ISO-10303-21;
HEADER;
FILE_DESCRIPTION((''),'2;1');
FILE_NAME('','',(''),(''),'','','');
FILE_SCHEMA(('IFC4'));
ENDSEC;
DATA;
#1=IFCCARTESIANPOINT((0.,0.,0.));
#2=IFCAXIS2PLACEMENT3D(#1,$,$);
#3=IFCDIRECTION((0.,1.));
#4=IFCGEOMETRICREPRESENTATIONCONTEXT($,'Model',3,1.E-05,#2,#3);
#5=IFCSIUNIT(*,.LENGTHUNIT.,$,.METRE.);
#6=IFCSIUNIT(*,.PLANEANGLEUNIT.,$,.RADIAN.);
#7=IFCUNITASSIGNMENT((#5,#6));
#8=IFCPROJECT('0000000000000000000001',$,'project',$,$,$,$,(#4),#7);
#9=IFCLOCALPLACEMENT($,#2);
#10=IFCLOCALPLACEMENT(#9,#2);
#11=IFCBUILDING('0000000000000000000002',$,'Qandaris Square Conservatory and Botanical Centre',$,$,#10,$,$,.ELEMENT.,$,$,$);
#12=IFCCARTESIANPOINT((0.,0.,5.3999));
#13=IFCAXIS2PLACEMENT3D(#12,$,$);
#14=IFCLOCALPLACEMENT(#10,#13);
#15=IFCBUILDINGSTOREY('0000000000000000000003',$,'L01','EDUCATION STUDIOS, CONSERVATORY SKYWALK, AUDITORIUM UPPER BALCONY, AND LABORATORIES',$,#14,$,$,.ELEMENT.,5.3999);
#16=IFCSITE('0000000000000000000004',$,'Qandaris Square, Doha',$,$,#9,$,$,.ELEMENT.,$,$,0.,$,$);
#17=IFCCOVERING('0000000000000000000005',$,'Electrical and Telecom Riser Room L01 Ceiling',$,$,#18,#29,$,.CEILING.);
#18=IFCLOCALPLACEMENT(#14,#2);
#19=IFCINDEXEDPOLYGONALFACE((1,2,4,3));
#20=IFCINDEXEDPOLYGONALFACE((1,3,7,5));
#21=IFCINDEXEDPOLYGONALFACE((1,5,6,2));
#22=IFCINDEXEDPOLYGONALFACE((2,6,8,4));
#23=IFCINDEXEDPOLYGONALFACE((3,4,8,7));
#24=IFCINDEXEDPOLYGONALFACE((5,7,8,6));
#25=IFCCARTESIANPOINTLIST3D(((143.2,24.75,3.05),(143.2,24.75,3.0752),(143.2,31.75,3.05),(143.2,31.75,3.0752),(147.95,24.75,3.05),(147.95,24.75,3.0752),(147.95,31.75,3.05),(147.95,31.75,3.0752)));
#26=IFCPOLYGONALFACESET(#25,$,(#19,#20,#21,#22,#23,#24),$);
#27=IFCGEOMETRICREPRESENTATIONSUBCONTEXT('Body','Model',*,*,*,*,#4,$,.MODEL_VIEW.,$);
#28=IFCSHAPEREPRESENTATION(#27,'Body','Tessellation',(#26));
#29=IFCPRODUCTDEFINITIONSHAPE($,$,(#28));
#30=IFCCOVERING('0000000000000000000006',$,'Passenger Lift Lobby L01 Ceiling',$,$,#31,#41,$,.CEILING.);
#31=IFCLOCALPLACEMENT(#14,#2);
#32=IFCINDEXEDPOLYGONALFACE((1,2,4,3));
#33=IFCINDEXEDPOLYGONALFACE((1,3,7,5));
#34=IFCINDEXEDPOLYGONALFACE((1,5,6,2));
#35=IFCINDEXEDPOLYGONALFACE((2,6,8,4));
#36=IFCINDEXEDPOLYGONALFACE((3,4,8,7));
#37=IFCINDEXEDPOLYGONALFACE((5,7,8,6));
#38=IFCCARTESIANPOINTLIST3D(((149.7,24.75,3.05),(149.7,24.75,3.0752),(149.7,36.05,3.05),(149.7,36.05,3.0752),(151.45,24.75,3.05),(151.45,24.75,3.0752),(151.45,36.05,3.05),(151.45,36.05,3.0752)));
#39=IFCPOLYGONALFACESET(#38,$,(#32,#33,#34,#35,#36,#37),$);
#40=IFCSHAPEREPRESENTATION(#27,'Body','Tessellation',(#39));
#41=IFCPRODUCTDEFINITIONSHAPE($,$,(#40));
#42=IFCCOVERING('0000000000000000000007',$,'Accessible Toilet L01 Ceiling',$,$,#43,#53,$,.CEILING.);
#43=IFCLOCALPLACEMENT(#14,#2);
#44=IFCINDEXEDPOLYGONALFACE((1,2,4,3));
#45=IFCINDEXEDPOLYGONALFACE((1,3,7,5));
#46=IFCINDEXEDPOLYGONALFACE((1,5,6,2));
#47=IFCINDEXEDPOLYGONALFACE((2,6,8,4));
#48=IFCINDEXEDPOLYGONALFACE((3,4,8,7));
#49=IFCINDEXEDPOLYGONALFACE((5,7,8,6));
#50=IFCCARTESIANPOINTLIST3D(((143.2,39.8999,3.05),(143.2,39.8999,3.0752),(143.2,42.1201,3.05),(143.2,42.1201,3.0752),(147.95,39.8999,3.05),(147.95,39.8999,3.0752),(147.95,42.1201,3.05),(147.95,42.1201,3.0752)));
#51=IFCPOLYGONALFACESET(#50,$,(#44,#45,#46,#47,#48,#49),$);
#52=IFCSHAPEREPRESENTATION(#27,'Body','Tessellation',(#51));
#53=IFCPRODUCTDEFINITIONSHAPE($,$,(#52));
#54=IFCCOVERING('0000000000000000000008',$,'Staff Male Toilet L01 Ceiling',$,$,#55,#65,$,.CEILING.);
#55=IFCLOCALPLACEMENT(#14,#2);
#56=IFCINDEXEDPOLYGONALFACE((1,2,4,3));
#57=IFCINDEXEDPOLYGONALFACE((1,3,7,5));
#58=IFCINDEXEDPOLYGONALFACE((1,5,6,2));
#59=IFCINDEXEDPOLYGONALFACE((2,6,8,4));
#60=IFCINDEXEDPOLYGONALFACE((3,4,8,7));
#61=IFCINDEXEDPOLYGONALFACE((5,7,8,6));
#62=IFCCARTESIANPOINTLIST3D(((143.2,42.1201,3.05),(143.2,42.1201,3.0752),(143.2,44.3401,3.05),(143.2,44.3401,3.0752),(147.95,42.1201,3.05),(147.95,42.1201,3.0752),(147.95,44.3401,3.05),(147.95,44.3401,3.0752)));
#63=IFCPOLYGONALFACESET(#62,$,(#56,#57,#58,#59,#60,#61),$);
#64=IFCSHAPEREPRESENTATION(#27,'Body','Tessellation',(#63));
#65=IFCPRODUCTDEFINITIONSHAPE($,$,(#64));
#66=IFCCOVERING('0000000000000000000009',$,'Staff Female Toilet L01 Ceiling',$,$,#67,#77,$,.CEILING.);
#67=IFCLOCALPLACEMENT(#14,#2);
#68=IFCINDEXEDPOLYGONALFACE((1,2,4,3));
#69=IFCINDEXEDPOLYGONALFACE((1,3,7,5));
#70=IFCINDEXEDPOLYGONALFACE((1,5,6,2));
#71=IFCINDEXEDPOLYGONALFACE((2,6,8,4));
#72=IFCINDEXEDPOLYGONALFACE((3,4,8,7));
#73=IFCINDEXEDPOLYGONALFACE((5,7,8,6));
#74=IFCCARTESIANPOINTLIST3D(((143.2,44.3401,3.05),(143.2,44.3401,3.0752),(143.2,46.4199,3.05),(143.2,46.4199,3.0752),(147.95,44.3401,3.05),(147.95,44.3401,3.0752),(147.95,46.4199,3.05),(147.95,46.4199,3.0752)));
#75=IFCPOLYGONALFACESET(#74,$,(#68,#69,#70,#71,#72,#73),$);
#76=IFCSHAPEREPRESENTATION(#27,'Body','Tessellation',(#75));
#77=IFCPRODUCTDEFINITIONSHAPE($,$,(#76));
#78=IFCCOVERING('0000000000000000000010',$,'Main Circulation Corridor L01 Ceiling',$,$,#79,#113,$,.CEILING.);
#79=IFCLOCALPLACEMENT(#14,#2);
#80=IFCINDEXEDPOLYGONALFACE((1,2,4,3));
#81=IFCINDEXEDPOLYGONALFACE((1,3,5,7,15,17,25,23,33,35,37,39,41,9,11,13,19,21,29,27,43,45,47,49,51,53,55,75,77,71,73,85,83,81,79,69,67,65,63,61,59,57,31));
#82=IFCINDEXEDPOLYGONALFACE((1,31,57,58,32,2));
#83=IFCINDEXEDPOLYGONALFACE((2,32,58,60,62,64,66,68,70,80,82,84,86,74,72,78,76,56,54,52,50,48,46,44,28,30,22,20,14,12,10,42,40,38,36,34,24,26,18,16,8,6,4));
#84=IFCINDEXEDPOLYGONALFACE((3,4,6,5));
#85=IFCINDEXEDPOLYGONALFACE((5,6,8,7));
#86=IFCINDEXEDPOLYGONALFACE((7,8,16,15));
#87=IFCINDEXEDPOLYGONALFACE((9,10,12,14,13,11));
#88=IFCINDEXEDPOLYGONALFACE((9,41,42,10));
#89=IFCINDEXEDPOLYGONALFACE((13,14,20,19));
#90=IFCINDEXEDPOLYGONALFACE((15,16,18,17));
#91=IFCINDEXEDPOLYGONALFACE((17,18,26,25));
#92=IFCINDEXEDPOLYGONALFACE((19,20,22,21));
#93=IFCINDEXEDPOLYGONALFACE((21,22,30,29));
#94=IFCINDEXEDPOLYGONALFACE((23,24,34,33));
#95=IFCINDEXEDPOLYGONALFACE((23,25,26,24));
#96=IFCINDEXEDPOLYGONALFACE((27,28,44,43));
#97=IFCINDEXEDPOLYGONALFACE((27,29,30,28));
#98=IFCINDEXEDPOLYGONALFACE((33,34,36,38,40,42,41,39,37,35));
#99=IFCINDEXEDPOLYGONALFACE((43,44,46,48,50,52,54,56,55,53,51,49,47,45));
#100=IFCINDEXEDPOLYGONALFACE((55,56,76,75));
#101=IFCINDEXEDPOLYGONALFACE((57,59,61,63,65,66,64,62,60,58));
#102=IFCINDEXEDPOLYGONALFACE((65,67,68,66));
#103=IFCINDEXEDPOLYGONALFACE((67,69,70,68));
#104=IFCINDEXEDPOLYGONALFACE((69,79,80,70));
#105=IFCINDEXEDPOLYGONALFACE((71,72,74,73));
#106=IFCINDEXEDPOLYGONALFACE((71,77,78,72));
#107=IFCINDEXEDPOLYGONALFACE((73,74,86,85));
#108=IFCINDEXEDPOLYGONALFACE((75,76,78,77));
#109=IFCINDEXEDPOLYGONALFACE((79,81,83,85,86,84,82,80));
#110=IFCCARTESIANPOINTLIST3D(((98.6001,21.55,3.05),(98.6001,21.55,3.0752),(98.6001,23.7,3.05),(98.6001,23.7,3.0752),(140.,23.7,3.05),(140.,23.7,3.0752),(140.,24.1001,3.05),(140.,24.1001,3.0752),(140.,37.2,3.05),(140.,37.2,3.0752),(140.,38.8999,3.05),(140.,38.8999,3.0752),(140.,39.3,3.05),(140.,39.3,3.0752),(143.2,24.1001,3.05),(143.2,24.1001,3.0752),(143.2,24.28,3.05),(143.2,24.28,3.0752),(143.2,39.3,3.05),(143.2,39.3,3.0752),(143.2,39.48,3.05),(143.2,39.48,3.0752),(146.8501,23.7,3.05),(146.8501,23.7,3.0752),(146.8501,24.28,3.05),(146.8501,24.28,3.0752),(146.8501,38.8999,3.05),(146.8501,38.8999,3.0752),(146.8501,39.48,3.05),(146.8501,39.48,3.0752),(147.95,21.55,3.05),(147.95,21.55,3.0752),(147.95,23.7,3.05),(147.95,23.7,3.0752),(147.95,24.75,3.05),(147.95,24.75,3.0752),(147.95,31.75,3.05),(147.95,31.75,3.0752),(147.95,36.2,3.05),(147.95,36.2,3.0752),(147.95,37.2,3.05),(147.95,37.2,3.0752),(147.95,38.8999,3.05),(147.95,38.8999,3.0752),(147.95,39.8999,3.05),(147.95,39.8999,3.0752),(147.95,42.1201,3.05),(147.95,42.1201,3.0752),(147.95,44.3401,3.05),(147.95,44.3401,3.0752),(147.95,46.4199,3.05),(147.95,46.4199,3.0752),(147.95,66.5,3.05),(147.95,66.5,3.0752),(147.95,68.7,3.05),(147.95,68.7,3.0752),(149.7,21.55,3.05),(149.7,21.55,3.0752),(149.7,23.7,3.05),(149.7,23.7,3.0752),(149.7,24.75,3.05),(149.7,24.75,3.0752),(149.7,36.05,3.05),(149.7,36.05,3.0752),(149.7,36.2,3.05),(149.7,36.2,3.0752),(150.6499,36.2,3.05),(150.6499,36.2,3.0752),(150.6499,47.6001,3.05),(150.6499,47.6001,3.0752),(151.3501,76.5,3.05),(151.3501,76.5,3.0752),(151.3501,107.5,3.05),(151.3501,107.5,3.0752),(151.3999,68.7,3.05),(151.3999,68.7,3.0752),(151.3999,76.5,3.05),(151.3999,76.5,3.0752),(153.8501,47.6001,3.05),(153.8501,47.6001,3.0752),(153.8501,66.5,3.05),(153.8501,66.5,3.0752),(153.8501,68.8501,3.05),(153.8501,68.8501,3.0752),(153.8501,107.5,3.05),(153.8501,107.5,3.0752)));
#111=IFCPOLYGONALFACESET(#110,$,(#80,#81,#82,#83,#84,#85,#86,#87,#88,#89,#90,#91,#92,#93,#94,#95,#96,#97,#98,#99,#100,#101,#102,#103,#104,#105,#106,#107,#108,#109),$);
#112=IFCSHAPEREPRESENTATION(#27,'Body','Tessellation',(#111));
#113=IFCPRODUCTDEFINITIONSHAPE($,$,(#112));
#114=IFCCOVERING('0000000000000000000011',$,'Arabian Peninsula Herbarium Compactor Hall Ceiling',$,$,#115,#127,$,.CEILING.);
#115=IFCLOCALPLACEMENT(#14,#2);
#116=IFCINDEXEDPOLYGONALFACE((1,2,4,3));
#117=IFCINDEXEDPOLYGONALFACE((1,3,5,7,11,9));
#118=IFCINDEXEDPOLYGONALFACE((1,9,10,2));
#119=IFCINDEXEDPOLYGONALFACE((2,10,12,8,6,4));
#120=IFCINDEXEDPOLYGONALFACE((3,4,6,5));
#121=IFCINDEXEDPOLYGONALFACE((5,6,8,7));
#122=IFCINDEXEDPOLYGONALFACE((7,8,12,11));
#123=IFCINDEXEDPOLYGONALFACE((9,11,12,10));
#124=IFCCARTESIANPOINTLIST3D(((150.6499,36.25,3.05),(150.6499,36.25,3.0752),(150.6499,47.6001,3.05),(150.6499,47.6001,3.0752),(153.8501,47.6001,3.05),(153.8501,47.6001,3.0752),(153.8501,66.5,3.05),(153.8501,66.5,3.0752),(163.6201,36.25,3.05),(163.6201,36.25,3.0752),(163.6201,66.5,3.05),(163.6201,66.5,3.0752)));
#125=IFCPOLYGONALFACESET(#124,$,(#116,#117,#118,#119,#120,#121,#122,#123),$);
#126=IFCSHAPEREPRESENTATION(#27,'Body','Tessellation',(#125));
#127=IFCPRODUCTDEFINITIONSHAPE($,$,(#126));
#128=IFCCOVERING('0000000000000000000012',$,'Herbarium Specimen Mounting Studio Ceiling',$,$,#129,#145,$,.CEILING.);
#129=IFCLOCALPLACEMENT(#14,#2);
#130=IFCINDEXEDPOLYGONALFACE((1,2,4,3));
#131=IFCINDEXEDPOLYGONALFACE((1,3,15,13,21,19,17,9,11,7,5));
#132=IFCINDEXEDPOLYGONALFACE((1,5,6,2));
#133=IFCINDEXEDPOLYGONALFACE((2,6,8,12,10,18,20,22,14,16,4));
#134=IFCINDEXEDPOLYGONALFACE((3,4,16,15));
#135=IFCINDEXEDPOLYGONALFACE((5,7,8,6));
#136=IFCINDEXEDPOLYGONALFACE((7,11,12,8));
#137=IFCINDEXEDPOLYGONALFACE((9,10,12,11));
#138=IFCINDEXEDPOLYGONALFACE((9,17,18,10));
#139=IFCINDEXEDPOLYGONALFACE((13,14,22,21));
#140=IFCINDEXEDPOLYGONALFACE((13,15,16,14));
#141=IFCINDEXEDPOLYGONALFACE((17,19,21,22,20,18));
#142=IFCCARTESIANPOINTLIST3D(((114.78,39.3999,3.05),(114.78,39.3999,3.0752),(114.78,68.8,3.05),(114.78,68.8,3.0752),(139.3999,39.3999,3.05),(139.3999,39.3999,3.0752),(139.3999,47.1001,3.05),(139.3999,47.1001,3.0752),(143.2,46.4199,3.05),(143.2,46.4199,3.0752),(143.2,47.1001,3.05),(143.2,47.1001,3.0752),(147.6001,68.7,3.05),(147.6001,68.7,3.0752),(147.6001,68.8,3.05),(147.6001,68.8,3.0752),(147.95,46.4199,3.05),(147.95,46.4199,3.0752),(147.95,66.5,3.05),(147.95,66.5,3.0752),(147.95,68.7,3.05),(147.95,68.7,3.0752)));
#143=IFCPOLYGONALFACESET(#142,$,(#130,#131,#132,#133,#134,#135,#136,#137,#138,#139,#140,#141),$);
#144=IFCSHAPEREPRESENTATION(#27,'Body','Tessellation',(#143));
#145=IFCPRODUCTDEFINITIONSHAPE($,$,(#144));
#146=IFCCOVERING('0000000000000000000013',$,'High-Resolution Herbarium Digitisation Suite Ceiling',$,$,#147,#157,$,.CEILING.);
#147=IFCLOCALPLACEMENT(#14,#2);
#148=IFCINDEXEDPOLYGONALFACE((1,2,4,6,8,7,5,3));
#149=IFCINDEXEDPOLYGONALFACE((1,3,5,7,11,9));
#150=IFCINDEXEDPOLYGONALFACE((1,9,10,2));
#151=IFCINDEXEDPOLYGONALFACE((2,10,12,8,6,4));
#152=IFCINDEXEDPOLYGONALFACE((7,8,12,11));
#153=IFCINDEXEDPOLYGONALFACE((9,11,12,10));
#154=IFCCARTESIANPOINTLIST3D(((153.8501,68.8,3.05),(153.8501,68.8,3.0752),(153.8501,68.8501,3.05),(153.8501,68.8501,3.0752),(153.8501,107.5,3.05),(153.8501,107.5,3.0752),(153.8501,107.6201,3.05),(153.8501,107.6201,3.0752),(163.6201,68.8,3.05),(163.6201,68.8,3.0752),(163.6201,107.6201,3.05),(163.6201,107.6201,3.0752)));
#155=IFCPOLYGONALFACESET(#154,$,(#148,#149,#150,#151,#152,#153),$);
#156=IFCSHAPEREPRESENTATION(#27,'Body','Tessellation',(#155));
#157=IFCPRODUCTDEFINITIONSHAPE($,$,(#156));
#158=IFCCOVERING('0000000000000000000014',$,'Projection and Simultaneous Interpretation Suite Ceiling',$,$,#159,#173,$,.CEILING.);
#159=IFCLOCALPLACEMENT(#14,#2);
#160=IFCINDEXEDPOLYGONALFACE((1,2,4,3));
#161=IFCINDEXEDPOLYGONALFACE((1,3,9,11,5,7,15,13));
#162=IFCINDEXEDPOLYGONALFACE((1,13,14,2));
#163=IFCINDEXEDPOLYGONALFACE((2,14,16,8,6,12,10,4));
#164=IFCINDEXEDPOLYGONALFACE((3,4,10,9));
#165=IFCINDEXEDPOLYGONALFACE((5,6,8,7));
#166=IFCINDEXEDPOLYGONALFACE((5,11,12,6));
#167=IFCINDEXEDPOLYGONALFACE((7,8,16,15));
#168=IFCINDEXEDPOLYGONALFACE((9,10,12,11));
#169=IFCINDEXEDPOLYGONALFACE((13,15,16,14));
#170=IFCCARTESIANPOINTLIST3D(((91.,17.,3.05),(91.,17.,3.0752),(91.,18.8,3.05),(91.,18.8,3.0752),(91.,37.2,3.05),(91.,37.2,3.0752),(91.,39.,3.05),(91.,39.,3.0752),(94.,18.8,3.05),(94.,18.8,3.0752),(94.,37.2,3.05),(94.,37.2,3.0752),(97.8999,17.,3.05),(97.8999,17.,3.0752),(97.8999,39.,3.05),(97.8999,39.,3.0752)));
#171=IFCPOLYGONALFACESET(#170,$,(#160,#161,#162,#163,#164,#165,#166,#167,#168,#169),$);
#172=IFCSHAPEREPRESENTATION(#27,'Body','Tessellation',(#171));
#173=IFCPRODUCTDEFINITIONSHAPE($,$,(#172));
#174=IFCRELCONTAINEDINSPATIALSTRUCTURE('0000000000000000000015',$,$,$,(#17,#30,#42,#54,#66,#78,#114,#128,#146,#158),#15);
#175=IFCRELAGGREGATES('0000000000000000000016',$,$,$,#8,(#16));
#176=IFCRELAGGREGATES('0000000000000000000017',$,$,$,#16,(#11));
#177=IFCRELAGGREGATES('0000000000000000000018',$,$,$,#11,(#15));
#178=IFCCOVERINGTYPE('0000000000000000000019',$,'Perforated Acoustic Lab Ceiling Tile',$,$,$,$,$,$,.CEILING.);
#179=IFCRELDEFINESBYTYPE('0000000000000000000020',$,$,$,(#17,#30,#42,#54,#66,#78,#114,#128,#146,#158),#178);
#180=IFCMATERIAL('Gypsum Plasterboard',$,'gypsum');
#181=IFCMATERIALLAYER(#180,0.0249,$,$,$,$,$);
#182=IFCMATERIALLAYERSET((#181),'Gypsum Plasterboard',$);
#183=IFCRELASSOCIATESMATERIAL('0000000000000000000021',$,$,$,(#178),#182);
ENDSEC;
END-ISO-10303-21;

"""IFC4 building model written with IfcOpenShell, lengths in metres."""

from ifc_helpers import new_model, si_unit, direction, frame, origin, place, context, subcontext, project, spatial, polyline, outline, extrude, material, layer, layer_set, type_object, element, save


model = new_model("IFC4")

# Units and contexts
model_context = context("Model", 3, precision=1e-05, world=origin(), true_north=direction((0.0, 1.0)))
body_context = subcontext(model_context, "Body", "Model", "MODEL_VIEW")
ifc_project = project(units=[si_unit("LENGTHUNIT", "METRE"), si_unit("PLANEANGLEUNIT", "RADIAN")], contexts=[model_context])

# Site, building, storey
site_placement = place(None, origin())
site = spatial("IfcSite", under=ifc_project, at=site_placement, Name="Qandaris Square, Doha", CompositionType="ELEMENT", RefElevation=0.0)
building_placement = place(site_placement, origin())
building = spatial("IfcBuilding", under=site, at=building_placement, Name="Qandaris Square Conservatory and Botanical Centre", CompositionType="ELEMENT")
storey_placement = place(building_placement, frame((0.0, 0.0, 5.3999)))
storey = spatial("IfcBuildingStorey", under=building, at=storey_placement, Name="L01", Description="EDUCATION STUDIOS, CONSERVATORY SKYWALK, AUDITORIUM UPPER BALCONY, AND LABORATORIES", CompositionType="ELEMENT", Elevation=5.3999)

# Coverings
ifc_material_1 = material(Name="Gypsum Plasterboard", Category="gypsum")
ifc_layer_1 = layer(ifc_material_1, 0.0249)
ifc_layer_set_1 = layer_set([ifc_layer_1], Name="Gypsum Plasterboard")
covering_type_1 = type_object("IfcCoveringType", Name="Perforated Acoustic Lab Ceiling Tile", PredefinedType="CEILING", material=ifc_layer_set_1)
covering_1_placement = place(storey_placement, frame((0.0, 0.0, 3.05)))
element("IfcCovering", 1, at=covering_1_placement, inside=storey, type_object=covering_type_1, Name="Electrical and Telecom Riser Room L01 Ceiling", PredefinedType="CEILING", context=body_context, shape_type="SweptSolid", body=[
    extrude(outline(polyline([(147.95, 31.75), (147.95, 24.75), (143.2, 24.75), (143.2, 31.75), (147.95, 31.75)])), origin(), (0.0, 0.0, 1.0), 0.0251),
])
covering_2_placement = place(storey_placement, frame((0.0, 0.0, 3.05)))
element("IfcCovering", 2, at=covering_2_placement, inside=storey, type_object=covering_type_1, Name="Passenger Lift Lobby L01 Ceiling", PredefinedType="CEILING", context=body_context, shape_type="SweptSolid", body=[
    extrude(outline(polyline([(149.7, 36.05), (151.45, 36.05), (151.45, 24.75), (149.7, 24.75), (149.7, 36.05)])), origin(), (0.0, 0.0, 1.0), 0.0251),
])
covering_3_placement = place(storey_placement, frame((0.0, 0.0, 3.05)))
element("IfcCovering", 3, at=covering_3_placement, inside=storey, type_object=covering_type_1, Name="Accessible Toilet L01 Ceiling", PredefinedType="CEILING", context=body_context, shape_type="SweptSolid", body=[
    extrude(outline(polyline([(147.95, 42.1201), (147.95, 39.8999), (143.2, 39.8999), (143.2, 42.1201), (147.95, 42.1201)])), origin(), (0.0, 0.0, 1.0), 0.0251),
])
covering_4_placement = place(storey_placement, frame((0.0, 0.0, 3.05)))
element("IfcCovering", 4, at=covering_4_placement, inside=storey, type_object=covering_type_1, Name="Staff Male Toilet L01 Ceiling", PredefinedType="CEILING", context=body_context, shape_type="SweptSolid", body=[
    extrude(outline(polyline([(147.95, 44.3401), (147.95, 42.1201), (143.2, 42.1201), (143.2, 44.3401), (147.95, 44.3401)])), origin(), (0.0, 0.0, 1.0), 0.0251),
])
covering_5_placement = place(storey_placement, frame((0.0, 0.0, 3.05)))
element("IfcCovering", 5, at=covering_5_placement, inside=storey, type_object=covering_type_1, Name="Staff Female Toilet L01 Ceiling", PredefinedType="CEILING", context=body_context, shape_type="SweptSolid", body=[
    extrude(outline(polyline([(147.95, 46.4199), (147.95, 44.3401), (143.2, 44.3401), (143.2, 46.4199), (147.95, 46.4199)])), origin(), (0.0, 0.0, 1.0), 0.0251),
])
covering_6_placement = place(storey_placement, frame((0.0, 0.0, 3.05)))
element("IfcCovering", 6, at=covering_6_placement, inside=storey, type_object=covering_type_1, Name="Main Circulation Corridor L01 Ceiling", PredefinedType="CEILING", context=body_context, shape_type="SweptSolid", body=[
    extrude(outline(polyline([(140.0, 24.1001), (143.2, 24.1001), (143.2, 24.28), (146.8501, 24.28), (146.8501, 23.7), (147.95, 23.7), (147.95, 24.75), (147.95, 31.75), (147.95, 36.2), (147.95, 37.2), (140.0, 37.2), (140.0, 38.8999), (140.0, 39.3), (143.2, 39.3), (143.2, 39.48), (146.8501, 39.48), (146.8501, 38.8999), (147.95, 38.8999), (147.95, 39.8999), (147.95, 42.1201), (147.95, 44.3401), (147.95, 46.4199), (147.95, 66.5), (147.95, 68.7), (151.3999, 68.7), (151.3999, 76.5), (151.3501, 76.5), (151.3501, 107.5), (153.8501, 107.5), (153.8501, 68.8501), (153.8501, 66.5), (153.8501, 47.6001), (150.6499, 47.6001), (150.6499, 36.2), (149.7, 36.2), (149.7, 36.05), (149.7, 24.75), (149.7, 23.7), (149.7, 21.55), (147.95, 21.55), (98.6001, 21.55), (98.6001, 23.7), (140.0, 23.7), (140.0, 24.1001)])), origin(), (0.0, 0.0, 1.0), 0.0251),
])
covering_7_placement = place(storey_placement, frame((0.0, 0.0, 3.05)))
element("IfcCovering", 7, at=covering_7_placement, inside=storey, type_object=covering_type_1, Name="Arabian Peninsula Herbarium Compactor Hall Ceiling", PredefinedType="CEILING", context=body_context, shape_type="SweptSolid", body=[
    extrude(outline(polyline([(150.6499, 47.6001), (153.8501, 47.6001), (153.8501, 66.5), (163.6201, 66.5), (163.6201, 36.25), (150.6499, 36.25), (150.6499, 47.6001)])), origin(), (0.0, 0.0, 1.0), 0.0251),
])
covering_8_placement = place(storey_placement, frame((0.0, 0.0, 3.05)))
element("IfcCovering", 8, at=covering_8_placement, inside=storey, type_object=covering_type_1, Name="Herbarium Specimen Mounting Studio Ceiling", PredefinedType="CEILING", context=body_context, shape_type="SweptSolid", body=[
    extrude(outline(polyline([(147.95, 66.5), (147.95, 46.4199), (143.2, 46.4199), (143.2, 47.1001), (139.3999, 47.1001), (139.3999, 39.3999), (114.78, 39.3999), (114.78, 68.8), (147.6001, 68.8), (147.6001, 68.7), (147.95, 68.7), (147.95, 66.5)])), origin(), (0.0, 0.0, 1.0), 0.0251),
])
covering_9_placement = place(storey_placement, frame((0.0, 0.0, 3.05)))
element("IfcCovering", 9, at=covering_9_placement, inside=storey, type_object=covering_type_1, Name="High-Resolution Herbarium Digitisation Suite Ceiling", PredefinedType="CEILING", context=body_context, shape_type="SweptSolid", body=[
    extrude(outline(polyline([(153.8501, 68.8), (153.8501, 68.8501), (153.8501, 107.5), (153.8501, 107.6201), (163.6201, 107.6201), (163.6201, 68.8), (153.8501, 68.8)])), origin(), (0.0, 0.0, 1.0), 0.0251),
])
covering_10_placement = place(storey_placement, frame((0.0, 0.0, 3.05)))
element("IfcCovering", 10, at=covering_10_placement, inside=storey, type_object=covering_type_1, Name="Projection and Simultaneous Interpretation Suite Ceiling", PredefinedType="CEILING", context=body_context, shape_type="SweptSolid", body=[
    extrude(outline(polyline([(91.0, 17.0), (91.0, 18.8), (94.0, 18.8), (94.0, 37.2), (91.0, 37.2), (91.0, 39.0), (97.8999, 39.0), (97.8999, 17.0), (91.0, 17.0)])), origin(), (0.0, 0.0, 1.0), 0.0251),
])

save(model, "model.ifc")
